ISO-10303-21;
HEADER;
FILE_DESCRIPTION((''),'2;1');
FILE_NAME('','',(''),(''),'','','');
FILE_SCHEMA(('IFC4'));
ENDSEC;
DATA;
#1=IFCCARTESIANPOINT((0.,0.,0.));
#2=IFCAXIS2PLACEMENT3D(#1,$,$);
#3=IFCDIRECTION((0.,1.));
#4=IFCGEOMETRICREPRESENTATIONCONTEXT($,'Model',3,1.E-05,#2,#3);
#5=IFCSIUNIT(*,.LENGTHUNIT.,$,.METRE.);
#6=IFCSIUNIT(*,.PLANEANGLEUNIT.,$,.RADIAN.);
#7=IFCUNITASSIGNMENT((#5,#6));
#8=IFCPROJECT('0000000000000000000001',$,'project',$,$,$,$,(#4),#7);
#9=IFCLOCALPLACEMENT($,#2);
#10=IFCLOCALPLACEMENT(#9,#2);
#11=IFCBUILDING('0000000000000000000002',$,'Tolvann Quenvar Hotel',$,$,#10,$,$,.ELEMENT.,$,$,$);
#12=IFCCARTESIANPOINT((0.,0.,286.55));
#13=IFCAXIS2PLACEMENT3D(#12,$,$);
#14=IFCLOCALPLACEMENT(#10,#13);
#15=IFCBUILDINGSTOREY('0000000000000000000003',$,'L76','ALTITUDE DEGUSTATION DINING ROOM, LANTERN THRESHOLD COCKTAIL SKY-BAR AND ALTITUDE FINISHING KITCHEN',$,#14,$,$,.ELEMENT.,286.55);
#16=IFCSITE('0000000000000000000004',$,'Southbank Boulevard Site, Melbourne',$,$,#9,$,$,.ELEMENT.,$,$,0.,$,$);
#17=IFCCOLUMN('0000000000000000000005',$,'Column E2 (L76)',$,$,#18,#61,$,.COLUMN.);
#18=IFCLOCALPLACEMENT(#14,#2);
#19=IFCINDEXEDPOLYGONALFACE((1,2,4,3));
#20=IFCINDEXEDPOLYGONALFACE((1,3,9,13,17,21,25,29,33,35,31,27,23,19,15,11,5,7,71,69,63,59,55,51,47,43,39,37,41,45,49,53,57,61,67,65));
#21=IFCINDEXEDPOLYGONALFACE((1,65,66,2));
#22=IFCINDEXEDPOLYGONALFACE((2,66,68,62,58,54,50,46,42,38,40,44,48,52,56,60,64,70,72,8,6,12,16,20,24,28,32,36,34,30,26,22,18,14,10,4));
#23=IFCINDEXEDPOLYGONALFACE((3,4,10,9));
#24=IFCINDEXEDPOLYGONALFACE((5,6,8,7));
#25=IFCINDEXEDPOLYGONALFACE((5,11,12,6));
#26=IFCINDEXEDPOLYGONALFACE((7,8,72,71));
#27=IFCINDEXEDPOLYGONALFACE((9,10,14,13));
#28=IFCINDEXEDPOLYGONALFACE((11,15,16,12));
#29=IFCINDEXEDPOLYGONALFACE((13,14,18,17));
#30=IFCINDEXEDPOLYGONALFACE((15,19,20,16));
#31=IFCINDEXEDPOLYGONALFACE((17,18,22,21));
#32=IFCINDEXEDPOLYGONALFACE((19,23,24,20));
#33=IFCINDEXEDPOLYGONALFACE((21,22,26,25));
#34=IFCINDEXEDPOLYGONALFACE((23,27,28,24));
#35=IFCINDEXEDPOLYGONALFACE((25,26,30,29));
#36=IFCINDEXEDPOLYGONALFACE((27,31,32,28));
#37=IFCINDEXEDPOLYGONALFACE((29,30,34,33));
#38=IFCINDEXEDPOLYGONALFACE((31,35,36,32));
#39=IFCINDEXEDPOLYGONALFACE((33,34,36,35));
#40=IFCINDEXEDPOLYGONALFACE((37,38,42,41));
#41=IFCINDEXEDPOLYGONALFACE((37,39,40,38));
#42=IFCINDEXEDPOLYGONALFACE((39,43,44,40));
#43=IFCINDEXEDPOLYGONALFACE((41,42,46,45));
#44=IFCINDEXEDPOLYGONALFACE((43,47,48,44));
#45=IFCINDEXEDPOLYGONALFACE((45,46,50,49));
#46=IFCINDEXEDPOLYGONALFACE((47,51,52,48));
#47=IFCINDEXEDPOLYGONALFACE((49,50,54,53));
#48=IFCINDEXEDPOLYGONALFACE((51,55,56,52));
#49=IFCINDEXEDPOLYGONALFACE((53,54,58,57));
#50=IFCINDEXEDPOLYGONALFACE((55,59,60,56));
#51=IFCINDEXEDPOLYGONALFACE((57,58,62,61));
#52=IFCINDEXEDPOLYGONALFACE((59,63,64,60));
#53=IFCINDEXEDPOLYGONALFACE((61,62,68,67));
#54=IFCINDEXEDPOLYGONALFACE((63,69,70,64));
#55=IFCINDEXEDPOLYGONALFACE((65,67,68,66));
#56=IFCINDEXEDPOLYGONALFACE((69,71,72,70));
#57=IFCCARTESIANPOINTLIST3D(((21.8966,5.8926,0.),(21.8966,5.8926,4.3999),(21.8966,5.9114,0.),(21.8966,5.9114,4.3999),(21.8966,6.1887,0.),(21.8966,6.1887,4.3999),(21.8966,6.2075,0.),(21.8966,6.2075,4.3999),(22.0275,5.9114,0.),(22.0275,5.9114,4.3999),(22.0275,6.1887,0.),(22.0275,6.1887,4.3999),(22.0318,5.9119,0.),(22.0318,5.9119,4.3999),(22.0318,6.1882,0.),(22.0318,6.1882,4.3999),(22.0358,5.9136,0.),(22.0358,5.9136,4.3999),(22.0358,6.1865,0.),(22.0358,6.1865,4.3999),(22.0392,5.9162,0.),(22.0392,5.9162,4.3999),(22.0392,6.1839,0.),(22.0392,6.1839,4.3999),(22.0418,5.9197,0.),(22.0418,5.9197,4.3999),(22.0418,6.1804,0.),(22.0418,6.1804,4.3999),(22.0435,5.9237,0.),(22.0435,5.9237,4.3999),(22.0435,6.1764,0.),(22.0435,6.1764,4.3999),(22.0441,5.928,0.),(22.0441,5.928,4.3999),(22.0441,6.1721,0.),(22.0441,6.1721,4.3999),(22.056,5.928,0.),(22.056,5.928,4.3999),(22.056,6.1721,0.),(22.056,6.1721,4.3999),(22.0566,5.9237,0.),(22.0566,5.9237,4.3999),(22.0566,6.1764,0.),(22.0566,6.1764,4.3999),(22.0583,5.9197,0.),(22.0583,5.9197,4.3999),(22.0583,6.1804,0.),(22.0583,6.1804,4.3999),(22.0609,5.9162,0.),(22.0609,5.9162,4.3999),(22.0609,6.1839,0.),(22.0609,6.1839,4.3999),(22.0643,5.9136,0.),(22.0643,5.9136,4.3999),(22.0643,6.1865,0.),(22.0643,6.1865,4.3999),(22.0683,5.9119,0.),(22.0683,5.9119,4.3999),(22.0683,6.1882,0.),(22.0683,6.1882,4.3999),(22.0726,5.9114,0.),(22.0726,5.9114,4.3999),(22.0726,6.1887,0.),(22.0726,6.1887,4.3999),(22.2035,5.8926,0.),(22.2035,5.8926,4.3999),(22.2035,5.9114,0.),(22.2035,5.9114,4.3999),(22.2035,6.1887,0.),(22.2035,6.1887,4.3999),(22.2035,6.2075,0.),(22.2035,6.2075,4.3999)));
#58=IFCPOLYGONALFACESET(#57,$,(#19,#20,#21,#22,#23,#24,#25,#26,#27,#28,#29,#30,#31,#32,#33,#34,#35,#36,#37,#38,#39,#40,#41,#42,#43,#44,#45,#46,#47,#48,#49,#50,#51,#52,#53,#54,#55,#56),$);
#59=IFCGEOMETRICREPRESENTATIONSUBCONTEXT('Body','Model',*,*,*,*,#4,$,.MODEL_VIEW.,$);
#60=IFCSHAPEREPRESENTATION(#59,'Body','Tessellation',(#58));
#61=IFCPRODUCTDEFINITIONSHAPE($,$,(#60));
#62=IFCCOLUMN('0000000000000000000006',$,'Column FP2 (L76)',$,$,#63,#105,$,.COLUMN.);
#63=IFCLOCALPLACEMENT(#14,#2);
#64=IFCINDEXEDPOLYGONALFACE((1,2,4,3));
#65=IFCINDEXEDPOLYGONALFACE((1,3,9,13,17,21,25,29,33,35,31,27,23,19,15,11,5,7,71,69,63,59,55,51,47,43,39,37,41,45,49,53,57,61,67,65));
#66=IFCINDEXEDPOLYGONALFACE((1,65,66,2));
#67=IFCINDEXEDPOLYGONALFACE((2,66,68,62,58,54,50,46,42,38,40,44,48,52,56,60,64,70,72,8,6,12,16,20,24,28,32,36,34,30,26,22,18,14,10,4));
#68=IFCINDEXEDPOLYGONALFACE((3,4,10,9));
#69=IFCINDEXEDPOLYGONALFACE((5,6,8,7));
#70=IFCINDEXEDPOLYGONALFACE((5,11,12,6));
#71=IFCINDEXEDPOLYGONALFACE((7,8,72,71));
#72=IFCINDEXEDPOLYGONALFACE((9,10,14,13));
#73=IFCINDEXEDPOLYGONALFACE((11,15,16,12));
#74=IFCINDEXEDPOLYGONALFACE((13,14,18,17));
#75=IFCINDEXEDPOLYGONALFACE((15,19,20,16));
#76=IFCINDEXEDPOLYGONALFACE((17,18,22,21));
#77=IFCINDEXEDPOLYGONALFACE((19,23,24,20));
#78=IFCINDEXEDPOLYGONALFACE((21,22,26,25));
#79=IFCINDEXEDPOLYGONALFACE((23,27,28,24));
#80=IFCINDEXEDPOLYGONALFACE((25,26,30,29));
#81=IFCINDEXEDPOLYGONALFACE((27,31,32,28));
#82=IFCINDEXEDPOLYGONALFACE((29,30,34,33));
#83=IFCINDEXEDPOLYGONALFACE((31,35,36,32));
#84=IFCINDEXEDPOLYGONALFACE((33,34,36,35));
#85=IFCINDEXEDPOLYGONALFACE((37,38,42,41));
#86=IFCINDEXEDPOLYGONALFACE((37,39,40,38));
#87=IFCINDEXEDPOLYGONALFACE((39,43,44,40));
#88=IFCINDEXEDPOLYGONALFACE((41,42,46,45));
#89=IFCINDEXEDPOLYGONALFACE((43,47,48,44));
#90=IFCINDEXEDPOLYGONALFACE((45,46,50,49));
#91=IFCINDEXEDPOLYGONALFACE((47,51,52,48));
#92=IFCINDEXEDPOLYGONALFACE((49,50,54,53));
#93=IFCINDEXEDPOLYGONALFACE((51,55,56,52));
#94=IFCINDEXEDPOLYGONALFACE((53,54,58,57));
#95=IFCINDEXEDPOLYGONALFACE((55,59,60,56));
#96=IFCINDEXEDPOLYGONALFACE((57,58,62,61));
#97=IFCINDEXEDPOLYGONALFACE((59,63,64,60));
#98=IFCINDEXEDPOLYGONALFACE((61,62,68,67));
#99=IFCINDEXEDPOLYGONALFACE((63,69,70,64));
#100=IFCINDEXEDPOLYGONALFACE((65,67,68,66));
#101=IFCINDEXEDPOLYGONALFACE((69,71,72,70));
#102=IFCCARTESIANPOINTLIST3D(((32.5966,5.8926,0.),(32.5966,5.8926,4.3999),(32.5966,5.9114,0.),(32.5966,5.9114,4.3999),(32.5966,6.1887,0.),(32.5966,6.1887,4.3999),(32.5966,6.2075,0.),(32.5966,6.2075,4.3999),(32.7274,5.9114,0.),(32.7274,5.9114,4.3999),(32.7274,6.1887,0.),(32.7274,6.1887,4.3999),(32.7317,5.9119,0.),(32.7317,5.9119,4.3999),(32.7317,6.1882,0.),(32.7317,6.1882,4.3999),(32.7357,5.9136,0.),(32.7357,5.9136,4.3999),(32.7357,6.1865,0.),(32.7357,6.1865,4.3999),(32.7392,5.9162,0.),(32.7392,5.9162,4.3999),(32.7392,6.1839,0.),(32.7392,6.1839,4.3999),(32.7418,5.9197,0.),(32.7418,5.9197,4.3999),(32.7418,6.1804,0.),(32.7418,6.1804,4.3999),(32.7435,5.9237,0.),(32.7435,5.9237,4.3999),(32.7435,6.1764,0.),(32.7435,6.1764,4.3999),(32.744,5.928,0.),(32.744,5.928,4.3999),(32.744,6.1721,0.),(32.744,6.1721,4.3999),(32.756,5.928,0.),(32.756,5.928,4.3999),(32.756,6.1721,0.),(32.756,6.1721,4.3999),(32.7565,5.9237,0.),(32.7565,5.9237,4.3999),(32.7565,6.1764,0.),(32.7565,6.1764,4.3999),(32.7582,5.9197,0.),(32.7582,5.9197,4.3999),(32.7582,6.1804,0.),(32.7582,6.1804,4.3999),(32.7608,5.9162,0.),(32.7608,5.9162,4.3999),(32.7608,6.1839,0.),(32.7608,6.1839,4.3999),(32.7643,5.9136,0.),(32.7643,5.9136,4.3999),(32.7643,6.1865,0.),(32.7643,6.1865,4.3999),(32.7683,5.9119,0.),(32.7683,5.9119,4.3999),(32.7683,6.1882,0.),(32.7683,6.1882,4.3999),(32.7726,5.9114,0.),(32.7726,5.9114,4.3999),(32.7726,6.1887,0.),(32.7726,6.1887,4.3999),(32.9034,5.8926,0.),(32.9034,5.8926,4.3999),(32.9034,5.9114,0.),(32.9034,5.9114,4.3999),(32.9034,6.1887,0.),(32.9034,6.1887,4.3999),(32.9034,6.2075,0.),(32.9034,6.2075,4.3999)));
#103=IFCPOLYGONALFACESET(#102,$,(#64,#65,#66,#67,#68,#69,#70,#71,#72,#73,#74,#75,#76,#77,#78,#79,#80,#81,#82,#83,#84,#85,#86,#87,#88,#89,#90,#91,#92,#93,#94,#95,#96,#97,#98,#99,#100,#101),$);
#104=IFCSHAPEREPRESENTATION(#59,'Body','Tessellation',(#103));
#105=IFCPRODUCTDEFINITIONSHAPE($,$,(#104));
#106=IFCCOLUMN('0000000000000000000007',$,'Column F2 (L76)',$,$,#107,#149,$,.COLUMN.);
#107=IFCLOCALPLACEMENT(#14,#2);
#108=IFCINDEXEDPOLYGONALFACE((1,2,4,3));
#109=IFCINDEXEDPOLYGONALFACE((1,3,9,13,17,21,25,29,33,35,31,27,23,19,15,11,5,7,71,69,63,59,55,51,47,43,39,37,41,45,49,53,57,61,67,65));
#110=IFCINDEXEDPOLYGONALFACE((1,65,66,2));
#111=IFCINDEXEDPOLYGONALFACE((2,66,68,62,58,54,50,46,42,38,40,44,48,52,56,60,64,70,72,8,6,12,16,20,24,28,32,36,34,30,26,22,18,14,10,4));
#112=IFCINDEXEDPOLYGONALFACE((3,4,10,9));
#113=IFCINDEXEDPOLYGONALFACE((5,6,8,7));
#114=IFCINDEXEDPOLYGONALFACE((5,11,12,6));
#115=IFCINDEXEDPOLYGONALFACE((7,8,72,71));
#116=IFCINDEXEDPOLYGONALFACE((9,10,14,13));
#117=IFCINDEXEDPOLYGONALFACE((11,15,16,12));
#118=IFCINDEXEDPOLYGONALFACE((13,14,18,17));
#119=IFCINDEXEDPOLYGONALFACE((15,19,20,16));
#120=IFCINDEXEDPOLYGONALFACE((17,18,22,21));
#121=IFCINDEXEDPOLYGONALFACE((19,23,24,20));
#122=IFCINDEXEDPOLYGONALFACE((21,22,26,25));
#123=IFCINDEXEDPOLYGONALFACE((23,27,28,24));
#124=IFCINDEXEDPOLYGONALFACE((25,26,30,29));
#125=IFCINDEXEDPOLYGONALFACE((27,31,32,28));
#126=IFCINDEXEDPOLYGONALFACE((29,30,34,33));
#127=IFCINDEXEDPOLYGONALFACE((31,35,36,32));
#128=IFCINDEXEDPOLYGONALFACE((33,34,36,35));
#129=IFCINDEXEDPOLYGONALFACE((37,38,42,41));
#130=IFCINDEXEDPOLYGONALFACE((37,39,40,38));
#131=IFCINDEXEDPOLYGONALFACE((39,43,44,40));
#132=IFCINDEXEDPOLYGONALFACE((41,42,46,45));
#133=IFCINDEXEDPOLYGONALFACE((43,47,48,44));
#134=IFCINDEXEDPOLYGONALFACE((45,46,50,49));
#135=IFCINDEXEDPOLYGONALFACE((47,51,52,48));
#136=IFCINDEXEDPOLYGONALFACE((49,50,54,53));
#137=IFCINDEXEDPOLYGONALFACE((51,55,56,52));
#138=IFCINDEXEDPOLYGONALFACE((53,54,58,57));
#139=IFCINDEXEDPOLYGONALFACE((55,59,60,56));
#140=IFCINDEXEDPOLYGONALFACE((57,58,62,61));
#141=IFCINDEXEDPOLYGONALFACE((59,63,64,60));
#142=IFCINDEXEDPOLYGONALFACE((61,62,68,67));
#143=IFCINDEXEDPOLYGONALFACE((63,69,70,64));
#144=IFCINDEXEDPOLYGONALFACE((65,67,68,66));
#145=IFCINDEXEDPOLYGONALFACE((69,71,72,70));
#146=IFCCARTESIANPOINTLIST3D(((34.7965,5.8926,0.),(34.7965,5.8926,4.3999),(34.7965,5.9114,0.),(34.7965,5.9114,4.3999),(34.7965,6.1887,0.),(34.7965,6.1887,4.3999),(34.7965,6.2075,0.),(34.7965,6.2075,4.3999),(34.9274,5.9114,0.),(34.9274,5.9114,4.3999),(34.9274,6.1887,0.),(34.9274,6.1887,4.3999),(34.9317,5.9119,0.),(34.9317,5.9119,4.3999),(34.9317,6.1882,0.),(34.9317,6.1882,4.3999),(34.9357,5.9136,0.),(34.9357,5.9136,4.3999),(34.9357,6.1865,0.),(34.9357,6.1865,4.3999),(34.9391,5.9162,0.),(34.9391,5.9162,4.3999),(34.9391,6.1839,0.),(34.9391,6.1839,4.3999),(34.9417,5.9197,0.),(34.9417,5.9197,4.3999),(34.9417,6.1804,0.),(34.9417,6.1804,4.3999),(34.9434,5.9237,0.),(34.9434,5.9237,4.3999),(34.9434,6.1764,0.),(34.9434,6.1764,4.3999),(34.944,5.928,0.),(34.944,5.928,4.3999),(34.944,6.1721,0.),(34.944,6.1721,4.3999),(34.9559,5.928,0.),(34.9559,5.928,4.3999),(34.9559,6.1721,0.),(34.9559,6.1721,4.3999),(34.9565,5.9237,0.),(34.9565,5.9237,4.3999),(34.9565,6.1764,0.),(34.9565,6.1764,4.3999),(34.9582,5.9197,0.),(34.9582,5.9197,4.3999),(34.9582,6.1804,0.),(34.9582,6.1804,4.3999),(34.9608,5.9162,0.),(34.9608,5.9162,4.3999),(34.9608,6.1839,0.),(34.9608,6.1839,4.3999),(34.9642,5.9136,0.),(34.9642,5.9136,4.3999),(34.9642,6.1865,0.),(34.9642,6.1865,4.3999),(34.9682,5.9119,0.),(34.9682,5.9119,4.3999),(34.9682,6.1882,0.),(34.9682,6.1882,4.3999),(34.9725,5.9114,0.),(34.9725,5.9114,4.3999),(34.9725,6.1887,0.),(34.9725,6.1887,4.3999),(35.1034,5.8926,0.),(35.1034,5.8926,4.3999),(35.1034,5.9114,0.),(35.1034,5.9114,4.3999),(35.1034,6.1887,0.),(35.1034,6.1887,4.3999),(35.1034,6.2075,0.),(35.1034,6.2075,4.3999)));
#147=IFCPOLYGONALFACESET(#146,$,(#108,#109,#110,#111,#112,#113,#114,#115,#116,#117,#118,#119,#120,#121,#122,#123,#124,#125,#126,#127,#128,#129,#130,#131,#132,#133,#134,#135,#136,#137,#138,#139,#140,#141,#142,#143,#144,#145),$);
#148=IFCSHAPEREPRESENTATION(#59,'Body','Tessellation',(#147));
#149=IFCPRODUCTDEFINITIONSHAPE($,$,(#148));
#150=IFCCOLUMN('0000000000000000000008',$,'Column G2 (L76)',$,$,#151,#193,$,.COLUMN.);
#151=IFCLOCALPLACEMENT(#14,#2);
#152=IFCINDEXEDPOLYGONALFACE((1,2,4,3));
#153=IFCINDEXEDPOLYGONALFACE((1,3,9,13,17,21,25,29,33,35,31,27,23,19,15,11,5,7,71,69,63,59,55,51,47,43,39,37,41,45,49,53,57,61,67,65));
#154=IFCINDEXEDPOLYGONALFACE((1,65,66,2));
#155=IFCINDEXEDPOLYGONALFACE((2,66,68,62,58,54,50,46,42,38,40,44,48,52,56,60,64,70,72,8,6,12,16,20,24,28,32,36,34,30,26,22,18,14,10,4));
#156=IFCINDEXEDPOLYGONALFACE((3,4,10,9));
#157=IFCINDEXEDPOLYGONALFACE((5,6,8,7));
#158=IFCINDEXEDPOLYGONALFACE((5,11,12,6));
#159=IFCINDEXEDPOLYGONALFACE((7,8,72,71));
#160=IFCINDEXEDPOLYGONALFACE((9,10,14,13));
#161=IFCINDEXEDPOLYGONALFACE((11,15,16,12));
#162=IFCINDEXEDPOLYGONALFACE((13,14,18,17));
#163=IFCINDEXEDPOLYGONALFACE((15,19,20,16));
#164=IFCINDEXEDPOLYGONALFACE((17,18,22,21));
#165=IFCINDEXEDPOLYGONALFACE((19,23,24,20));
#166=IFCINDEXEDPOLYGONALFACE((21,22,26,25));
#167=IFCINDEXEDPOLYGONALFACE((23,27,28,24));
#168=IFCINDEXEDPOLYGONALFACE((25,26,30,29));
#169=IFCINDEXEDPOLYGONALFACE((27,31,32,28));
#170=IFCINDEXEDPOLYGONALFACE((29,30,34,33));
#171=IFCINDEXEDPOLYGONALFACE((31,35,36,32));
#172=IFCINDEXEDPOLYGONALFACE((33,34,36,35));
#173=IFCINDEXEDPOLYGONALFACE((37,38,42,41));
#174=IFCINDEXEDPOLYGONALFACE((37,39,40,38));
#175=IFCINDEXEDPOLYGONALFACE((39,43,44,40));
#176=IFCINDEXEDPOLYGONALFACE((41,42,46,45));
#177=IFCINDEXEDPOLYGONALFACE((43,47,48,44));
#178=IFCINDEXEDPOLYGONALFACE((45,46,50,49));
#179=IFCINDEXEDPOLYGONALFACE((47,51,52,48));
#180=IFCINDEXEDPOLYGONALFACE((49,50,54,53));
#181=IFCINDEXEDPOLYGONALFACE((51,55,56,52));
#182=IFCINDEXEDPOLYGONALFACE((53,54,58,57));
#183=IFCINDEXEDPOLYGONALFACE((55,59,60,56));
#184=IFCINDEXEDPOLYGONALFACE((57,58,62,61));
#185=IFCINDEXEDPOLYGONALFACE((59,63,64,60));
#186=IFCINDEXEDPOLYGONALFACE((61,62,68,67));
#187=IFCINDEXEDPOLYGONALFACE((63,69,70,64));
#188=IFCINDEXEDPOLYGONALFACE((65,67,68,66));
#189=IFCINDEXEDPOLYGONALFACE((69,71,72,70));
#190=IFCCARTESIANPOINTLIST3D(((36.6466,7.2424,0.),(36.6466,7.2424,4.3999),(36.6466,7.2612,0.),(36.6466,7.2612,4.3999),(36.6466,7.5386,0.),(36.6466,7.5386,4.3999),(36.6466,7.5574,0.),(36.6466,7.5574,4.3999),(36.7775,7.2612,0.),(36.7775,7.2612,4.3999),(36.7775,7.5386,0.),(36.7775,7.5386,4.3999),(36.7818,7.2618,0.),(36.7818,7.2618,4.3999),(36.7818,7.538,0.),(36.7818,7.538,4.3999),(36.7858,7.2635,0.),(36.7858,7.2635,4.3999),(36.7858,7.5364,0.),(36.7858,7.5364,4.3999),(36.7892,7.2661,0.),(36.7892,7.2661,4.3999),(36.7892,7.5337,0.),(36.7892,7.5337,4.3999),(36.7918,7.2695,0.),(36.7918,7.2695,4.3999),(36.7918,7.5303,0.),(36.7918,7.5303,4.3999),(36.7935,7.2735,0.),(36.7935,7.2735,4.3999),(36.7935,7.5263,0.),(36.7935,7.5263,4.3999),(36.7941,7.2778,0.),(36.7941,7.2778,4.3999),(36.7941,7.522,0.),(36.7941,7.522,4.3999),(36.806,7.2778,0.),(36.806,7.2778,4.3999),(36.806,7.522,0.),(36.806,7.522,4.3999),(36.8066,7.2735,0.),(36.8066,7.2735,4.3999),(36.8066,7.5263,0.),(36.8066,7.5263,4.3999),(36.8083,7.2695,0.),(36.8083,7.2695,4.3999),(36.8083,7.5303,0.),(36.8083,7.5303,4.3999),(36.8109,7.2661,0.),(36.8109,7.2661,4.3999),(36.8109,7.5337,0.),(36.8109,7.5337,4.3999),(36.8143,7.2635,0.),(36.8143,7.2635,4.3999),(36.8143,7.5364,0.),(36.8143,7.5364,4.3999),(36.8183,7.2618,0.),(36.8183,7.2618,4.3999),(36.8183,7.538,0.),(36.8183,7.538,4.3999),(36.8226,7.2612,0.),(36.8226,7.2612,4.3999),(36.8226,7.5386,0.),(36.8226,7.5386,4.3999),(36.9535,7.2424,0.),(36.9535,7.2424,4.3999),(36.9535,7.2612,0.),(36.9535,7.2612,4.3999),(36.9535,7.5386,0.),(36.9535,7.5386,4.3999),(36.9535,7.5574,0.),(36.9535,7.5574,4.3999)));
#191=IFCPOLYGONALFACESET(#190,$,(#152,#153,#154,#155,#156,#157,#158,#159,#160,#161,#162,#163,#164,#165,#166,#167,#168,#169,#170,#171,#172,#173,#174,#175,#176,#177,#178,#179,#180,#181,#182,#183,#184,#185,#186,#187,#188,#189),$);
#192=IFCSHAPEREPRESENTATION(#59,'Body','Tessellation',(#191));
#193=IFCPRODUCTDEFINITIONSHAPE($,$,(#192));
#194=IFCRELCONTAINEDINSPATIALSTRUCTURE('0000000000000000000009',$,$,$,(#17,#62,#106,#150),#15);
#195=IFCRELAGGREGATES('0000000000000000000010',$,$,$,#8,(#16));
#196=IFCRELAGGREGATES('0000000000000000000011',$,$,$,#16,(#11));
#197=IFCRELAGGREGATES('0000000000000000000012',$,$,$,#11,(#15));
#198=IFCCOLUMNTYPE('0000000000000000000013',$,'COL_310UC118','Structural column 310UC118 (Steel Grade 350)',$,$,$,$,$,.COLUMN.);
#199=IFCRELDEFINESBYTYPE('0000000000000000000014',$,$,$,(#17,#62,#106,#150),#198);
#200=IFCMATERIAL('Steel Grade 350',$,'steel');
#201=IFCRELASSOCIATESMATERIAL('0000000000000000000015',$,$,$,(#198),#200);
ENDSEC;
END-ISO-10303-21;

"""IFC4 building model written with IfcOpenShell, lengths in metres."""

from ifc_helpers import new_model, si_unit, direction, frame, origin, origin_2d, place, context, subcontext, project, spatial, i_section, extrude, source, transform, mapped, material, material_profile, profile_set, type_object, type_shapes, element, save


model = new_model("IFC4")

# Units and contexts
model_context = context("Model", 3, precision=1e-05, world=origin(), true_north=direction((0.0, 1.0)))
body_context = subcontext(model_context, "Body", "Model", "MODEL_VIEW")
ifc_project = project(units=[si_unit("LENGTHUNIT", "METRE"), si_unit("PLANEANGLEUNIT", "RADIAN")], contexts=[model_context])

# Site, building, storey
site_placement = place(None, origin())
site = spatial("IfcSite", under=ifc_project, at=site_placement, Name="Southbank Boulevard Site, Melbourne", CompositionType="ELEMENT", RefElevation=0.0)
building_placement = place(site_placement, origin())
building = spatial("IfcBuilding", under=site, at=building_placement, Name="Tolvann Quenvar Hotel", CompositionType="ELEMENT")
storey_placement = place(building_placement, frame((0.0, 0.0, 286.55)))
storey = spatial("IfcBuildingStorey", under=building, at=storey_placement, Name="L76", Description="ALTITUDE DEGUSTATION DINING ROOM, LANTERN THRESHOLD COCKTAIL SKY-BAR AND ALTITUDE FINISHING KITCHEN", CompositionType="ELEMENT", Elevation=286.55)

# Columns
ifc_material_1 = material(Name="Steel Grade 350", Category="steel")
ifc_material_profile_1 = material_profile(ifc_material_1, i_section(OverallWidth=0.3069, OverallDepth=0.3149, WebThickness=0.012, FlangeThickness=0.0188, FilletRadius=0.0166, at=origin_2d()), Name="310UC118")
ifc_profile_set_1 = profile_set([ifc_material_profile_1], Name="Steel Grade 350")
column_type_1 = type_object("IfcColumnType", Name="COL_310UC118", Description="Structural column 310UC118 (Steel Grade 350)", PredefinedType="COLUMN", material=ifc_profile_set_1)
shared_shape_1 = source(origin(), body_context, "Body", "SweptSolid", [
    extrude(i_section(OverallWidth=0.3069, OverallDepth=0.3149, WebThickness=0.012, FlangeThickness=0.0188, FilletRadius=0.0166, at=origin_2d()), origin(), (0.0, 0.0, 1.0), 4.3999),
])
type_shapes(column_type_1, [shared_shape_1])
for number, where, z_axis, x_axis, name in (
    (1, (22.05, 6.05, 0.0), (0.0, 0.0, 1.0), (1.0, 0.0, 0.0), "Column E2 (L76)"),
    (2, (32.75, 6.05, 0.0), (0.0, 0.0, 1.0), (1.0, 0.0, 0.0), "Column FP2 (L76)"),
    (3, (34.95, 6.05, 0.0), (0.0, 0.0, 1.0), (1.0, 0.0, 0.0), "Column F2 (L76)"),
    (4, (36.8, 7.3999, 0.0), (0.0, 0.0, 1.0), (1.0, 0.0, 0.0), "Column G2 (L76)"),
):
    element("IfcColumn", number, at=place(storey_placement, frame(where, z_axis=z_axis, x_axis=x_axis)), inside=storey, type_object=column_type_1, Name=name, PredefinedType="COLUMN", context=body_context, shape_type="MappedRepresentation", body=[
        mapped(shared_shape_1, transform((0.0, 0.0, 0.0), x_axis=(1.0, 0.0, 0.0), y_axis=(0.0, 1.0, 0.0), z_axis=(0.0, 0.0, 1.0), scale=1.0)),
    ])

save(model, "model.ifc")
